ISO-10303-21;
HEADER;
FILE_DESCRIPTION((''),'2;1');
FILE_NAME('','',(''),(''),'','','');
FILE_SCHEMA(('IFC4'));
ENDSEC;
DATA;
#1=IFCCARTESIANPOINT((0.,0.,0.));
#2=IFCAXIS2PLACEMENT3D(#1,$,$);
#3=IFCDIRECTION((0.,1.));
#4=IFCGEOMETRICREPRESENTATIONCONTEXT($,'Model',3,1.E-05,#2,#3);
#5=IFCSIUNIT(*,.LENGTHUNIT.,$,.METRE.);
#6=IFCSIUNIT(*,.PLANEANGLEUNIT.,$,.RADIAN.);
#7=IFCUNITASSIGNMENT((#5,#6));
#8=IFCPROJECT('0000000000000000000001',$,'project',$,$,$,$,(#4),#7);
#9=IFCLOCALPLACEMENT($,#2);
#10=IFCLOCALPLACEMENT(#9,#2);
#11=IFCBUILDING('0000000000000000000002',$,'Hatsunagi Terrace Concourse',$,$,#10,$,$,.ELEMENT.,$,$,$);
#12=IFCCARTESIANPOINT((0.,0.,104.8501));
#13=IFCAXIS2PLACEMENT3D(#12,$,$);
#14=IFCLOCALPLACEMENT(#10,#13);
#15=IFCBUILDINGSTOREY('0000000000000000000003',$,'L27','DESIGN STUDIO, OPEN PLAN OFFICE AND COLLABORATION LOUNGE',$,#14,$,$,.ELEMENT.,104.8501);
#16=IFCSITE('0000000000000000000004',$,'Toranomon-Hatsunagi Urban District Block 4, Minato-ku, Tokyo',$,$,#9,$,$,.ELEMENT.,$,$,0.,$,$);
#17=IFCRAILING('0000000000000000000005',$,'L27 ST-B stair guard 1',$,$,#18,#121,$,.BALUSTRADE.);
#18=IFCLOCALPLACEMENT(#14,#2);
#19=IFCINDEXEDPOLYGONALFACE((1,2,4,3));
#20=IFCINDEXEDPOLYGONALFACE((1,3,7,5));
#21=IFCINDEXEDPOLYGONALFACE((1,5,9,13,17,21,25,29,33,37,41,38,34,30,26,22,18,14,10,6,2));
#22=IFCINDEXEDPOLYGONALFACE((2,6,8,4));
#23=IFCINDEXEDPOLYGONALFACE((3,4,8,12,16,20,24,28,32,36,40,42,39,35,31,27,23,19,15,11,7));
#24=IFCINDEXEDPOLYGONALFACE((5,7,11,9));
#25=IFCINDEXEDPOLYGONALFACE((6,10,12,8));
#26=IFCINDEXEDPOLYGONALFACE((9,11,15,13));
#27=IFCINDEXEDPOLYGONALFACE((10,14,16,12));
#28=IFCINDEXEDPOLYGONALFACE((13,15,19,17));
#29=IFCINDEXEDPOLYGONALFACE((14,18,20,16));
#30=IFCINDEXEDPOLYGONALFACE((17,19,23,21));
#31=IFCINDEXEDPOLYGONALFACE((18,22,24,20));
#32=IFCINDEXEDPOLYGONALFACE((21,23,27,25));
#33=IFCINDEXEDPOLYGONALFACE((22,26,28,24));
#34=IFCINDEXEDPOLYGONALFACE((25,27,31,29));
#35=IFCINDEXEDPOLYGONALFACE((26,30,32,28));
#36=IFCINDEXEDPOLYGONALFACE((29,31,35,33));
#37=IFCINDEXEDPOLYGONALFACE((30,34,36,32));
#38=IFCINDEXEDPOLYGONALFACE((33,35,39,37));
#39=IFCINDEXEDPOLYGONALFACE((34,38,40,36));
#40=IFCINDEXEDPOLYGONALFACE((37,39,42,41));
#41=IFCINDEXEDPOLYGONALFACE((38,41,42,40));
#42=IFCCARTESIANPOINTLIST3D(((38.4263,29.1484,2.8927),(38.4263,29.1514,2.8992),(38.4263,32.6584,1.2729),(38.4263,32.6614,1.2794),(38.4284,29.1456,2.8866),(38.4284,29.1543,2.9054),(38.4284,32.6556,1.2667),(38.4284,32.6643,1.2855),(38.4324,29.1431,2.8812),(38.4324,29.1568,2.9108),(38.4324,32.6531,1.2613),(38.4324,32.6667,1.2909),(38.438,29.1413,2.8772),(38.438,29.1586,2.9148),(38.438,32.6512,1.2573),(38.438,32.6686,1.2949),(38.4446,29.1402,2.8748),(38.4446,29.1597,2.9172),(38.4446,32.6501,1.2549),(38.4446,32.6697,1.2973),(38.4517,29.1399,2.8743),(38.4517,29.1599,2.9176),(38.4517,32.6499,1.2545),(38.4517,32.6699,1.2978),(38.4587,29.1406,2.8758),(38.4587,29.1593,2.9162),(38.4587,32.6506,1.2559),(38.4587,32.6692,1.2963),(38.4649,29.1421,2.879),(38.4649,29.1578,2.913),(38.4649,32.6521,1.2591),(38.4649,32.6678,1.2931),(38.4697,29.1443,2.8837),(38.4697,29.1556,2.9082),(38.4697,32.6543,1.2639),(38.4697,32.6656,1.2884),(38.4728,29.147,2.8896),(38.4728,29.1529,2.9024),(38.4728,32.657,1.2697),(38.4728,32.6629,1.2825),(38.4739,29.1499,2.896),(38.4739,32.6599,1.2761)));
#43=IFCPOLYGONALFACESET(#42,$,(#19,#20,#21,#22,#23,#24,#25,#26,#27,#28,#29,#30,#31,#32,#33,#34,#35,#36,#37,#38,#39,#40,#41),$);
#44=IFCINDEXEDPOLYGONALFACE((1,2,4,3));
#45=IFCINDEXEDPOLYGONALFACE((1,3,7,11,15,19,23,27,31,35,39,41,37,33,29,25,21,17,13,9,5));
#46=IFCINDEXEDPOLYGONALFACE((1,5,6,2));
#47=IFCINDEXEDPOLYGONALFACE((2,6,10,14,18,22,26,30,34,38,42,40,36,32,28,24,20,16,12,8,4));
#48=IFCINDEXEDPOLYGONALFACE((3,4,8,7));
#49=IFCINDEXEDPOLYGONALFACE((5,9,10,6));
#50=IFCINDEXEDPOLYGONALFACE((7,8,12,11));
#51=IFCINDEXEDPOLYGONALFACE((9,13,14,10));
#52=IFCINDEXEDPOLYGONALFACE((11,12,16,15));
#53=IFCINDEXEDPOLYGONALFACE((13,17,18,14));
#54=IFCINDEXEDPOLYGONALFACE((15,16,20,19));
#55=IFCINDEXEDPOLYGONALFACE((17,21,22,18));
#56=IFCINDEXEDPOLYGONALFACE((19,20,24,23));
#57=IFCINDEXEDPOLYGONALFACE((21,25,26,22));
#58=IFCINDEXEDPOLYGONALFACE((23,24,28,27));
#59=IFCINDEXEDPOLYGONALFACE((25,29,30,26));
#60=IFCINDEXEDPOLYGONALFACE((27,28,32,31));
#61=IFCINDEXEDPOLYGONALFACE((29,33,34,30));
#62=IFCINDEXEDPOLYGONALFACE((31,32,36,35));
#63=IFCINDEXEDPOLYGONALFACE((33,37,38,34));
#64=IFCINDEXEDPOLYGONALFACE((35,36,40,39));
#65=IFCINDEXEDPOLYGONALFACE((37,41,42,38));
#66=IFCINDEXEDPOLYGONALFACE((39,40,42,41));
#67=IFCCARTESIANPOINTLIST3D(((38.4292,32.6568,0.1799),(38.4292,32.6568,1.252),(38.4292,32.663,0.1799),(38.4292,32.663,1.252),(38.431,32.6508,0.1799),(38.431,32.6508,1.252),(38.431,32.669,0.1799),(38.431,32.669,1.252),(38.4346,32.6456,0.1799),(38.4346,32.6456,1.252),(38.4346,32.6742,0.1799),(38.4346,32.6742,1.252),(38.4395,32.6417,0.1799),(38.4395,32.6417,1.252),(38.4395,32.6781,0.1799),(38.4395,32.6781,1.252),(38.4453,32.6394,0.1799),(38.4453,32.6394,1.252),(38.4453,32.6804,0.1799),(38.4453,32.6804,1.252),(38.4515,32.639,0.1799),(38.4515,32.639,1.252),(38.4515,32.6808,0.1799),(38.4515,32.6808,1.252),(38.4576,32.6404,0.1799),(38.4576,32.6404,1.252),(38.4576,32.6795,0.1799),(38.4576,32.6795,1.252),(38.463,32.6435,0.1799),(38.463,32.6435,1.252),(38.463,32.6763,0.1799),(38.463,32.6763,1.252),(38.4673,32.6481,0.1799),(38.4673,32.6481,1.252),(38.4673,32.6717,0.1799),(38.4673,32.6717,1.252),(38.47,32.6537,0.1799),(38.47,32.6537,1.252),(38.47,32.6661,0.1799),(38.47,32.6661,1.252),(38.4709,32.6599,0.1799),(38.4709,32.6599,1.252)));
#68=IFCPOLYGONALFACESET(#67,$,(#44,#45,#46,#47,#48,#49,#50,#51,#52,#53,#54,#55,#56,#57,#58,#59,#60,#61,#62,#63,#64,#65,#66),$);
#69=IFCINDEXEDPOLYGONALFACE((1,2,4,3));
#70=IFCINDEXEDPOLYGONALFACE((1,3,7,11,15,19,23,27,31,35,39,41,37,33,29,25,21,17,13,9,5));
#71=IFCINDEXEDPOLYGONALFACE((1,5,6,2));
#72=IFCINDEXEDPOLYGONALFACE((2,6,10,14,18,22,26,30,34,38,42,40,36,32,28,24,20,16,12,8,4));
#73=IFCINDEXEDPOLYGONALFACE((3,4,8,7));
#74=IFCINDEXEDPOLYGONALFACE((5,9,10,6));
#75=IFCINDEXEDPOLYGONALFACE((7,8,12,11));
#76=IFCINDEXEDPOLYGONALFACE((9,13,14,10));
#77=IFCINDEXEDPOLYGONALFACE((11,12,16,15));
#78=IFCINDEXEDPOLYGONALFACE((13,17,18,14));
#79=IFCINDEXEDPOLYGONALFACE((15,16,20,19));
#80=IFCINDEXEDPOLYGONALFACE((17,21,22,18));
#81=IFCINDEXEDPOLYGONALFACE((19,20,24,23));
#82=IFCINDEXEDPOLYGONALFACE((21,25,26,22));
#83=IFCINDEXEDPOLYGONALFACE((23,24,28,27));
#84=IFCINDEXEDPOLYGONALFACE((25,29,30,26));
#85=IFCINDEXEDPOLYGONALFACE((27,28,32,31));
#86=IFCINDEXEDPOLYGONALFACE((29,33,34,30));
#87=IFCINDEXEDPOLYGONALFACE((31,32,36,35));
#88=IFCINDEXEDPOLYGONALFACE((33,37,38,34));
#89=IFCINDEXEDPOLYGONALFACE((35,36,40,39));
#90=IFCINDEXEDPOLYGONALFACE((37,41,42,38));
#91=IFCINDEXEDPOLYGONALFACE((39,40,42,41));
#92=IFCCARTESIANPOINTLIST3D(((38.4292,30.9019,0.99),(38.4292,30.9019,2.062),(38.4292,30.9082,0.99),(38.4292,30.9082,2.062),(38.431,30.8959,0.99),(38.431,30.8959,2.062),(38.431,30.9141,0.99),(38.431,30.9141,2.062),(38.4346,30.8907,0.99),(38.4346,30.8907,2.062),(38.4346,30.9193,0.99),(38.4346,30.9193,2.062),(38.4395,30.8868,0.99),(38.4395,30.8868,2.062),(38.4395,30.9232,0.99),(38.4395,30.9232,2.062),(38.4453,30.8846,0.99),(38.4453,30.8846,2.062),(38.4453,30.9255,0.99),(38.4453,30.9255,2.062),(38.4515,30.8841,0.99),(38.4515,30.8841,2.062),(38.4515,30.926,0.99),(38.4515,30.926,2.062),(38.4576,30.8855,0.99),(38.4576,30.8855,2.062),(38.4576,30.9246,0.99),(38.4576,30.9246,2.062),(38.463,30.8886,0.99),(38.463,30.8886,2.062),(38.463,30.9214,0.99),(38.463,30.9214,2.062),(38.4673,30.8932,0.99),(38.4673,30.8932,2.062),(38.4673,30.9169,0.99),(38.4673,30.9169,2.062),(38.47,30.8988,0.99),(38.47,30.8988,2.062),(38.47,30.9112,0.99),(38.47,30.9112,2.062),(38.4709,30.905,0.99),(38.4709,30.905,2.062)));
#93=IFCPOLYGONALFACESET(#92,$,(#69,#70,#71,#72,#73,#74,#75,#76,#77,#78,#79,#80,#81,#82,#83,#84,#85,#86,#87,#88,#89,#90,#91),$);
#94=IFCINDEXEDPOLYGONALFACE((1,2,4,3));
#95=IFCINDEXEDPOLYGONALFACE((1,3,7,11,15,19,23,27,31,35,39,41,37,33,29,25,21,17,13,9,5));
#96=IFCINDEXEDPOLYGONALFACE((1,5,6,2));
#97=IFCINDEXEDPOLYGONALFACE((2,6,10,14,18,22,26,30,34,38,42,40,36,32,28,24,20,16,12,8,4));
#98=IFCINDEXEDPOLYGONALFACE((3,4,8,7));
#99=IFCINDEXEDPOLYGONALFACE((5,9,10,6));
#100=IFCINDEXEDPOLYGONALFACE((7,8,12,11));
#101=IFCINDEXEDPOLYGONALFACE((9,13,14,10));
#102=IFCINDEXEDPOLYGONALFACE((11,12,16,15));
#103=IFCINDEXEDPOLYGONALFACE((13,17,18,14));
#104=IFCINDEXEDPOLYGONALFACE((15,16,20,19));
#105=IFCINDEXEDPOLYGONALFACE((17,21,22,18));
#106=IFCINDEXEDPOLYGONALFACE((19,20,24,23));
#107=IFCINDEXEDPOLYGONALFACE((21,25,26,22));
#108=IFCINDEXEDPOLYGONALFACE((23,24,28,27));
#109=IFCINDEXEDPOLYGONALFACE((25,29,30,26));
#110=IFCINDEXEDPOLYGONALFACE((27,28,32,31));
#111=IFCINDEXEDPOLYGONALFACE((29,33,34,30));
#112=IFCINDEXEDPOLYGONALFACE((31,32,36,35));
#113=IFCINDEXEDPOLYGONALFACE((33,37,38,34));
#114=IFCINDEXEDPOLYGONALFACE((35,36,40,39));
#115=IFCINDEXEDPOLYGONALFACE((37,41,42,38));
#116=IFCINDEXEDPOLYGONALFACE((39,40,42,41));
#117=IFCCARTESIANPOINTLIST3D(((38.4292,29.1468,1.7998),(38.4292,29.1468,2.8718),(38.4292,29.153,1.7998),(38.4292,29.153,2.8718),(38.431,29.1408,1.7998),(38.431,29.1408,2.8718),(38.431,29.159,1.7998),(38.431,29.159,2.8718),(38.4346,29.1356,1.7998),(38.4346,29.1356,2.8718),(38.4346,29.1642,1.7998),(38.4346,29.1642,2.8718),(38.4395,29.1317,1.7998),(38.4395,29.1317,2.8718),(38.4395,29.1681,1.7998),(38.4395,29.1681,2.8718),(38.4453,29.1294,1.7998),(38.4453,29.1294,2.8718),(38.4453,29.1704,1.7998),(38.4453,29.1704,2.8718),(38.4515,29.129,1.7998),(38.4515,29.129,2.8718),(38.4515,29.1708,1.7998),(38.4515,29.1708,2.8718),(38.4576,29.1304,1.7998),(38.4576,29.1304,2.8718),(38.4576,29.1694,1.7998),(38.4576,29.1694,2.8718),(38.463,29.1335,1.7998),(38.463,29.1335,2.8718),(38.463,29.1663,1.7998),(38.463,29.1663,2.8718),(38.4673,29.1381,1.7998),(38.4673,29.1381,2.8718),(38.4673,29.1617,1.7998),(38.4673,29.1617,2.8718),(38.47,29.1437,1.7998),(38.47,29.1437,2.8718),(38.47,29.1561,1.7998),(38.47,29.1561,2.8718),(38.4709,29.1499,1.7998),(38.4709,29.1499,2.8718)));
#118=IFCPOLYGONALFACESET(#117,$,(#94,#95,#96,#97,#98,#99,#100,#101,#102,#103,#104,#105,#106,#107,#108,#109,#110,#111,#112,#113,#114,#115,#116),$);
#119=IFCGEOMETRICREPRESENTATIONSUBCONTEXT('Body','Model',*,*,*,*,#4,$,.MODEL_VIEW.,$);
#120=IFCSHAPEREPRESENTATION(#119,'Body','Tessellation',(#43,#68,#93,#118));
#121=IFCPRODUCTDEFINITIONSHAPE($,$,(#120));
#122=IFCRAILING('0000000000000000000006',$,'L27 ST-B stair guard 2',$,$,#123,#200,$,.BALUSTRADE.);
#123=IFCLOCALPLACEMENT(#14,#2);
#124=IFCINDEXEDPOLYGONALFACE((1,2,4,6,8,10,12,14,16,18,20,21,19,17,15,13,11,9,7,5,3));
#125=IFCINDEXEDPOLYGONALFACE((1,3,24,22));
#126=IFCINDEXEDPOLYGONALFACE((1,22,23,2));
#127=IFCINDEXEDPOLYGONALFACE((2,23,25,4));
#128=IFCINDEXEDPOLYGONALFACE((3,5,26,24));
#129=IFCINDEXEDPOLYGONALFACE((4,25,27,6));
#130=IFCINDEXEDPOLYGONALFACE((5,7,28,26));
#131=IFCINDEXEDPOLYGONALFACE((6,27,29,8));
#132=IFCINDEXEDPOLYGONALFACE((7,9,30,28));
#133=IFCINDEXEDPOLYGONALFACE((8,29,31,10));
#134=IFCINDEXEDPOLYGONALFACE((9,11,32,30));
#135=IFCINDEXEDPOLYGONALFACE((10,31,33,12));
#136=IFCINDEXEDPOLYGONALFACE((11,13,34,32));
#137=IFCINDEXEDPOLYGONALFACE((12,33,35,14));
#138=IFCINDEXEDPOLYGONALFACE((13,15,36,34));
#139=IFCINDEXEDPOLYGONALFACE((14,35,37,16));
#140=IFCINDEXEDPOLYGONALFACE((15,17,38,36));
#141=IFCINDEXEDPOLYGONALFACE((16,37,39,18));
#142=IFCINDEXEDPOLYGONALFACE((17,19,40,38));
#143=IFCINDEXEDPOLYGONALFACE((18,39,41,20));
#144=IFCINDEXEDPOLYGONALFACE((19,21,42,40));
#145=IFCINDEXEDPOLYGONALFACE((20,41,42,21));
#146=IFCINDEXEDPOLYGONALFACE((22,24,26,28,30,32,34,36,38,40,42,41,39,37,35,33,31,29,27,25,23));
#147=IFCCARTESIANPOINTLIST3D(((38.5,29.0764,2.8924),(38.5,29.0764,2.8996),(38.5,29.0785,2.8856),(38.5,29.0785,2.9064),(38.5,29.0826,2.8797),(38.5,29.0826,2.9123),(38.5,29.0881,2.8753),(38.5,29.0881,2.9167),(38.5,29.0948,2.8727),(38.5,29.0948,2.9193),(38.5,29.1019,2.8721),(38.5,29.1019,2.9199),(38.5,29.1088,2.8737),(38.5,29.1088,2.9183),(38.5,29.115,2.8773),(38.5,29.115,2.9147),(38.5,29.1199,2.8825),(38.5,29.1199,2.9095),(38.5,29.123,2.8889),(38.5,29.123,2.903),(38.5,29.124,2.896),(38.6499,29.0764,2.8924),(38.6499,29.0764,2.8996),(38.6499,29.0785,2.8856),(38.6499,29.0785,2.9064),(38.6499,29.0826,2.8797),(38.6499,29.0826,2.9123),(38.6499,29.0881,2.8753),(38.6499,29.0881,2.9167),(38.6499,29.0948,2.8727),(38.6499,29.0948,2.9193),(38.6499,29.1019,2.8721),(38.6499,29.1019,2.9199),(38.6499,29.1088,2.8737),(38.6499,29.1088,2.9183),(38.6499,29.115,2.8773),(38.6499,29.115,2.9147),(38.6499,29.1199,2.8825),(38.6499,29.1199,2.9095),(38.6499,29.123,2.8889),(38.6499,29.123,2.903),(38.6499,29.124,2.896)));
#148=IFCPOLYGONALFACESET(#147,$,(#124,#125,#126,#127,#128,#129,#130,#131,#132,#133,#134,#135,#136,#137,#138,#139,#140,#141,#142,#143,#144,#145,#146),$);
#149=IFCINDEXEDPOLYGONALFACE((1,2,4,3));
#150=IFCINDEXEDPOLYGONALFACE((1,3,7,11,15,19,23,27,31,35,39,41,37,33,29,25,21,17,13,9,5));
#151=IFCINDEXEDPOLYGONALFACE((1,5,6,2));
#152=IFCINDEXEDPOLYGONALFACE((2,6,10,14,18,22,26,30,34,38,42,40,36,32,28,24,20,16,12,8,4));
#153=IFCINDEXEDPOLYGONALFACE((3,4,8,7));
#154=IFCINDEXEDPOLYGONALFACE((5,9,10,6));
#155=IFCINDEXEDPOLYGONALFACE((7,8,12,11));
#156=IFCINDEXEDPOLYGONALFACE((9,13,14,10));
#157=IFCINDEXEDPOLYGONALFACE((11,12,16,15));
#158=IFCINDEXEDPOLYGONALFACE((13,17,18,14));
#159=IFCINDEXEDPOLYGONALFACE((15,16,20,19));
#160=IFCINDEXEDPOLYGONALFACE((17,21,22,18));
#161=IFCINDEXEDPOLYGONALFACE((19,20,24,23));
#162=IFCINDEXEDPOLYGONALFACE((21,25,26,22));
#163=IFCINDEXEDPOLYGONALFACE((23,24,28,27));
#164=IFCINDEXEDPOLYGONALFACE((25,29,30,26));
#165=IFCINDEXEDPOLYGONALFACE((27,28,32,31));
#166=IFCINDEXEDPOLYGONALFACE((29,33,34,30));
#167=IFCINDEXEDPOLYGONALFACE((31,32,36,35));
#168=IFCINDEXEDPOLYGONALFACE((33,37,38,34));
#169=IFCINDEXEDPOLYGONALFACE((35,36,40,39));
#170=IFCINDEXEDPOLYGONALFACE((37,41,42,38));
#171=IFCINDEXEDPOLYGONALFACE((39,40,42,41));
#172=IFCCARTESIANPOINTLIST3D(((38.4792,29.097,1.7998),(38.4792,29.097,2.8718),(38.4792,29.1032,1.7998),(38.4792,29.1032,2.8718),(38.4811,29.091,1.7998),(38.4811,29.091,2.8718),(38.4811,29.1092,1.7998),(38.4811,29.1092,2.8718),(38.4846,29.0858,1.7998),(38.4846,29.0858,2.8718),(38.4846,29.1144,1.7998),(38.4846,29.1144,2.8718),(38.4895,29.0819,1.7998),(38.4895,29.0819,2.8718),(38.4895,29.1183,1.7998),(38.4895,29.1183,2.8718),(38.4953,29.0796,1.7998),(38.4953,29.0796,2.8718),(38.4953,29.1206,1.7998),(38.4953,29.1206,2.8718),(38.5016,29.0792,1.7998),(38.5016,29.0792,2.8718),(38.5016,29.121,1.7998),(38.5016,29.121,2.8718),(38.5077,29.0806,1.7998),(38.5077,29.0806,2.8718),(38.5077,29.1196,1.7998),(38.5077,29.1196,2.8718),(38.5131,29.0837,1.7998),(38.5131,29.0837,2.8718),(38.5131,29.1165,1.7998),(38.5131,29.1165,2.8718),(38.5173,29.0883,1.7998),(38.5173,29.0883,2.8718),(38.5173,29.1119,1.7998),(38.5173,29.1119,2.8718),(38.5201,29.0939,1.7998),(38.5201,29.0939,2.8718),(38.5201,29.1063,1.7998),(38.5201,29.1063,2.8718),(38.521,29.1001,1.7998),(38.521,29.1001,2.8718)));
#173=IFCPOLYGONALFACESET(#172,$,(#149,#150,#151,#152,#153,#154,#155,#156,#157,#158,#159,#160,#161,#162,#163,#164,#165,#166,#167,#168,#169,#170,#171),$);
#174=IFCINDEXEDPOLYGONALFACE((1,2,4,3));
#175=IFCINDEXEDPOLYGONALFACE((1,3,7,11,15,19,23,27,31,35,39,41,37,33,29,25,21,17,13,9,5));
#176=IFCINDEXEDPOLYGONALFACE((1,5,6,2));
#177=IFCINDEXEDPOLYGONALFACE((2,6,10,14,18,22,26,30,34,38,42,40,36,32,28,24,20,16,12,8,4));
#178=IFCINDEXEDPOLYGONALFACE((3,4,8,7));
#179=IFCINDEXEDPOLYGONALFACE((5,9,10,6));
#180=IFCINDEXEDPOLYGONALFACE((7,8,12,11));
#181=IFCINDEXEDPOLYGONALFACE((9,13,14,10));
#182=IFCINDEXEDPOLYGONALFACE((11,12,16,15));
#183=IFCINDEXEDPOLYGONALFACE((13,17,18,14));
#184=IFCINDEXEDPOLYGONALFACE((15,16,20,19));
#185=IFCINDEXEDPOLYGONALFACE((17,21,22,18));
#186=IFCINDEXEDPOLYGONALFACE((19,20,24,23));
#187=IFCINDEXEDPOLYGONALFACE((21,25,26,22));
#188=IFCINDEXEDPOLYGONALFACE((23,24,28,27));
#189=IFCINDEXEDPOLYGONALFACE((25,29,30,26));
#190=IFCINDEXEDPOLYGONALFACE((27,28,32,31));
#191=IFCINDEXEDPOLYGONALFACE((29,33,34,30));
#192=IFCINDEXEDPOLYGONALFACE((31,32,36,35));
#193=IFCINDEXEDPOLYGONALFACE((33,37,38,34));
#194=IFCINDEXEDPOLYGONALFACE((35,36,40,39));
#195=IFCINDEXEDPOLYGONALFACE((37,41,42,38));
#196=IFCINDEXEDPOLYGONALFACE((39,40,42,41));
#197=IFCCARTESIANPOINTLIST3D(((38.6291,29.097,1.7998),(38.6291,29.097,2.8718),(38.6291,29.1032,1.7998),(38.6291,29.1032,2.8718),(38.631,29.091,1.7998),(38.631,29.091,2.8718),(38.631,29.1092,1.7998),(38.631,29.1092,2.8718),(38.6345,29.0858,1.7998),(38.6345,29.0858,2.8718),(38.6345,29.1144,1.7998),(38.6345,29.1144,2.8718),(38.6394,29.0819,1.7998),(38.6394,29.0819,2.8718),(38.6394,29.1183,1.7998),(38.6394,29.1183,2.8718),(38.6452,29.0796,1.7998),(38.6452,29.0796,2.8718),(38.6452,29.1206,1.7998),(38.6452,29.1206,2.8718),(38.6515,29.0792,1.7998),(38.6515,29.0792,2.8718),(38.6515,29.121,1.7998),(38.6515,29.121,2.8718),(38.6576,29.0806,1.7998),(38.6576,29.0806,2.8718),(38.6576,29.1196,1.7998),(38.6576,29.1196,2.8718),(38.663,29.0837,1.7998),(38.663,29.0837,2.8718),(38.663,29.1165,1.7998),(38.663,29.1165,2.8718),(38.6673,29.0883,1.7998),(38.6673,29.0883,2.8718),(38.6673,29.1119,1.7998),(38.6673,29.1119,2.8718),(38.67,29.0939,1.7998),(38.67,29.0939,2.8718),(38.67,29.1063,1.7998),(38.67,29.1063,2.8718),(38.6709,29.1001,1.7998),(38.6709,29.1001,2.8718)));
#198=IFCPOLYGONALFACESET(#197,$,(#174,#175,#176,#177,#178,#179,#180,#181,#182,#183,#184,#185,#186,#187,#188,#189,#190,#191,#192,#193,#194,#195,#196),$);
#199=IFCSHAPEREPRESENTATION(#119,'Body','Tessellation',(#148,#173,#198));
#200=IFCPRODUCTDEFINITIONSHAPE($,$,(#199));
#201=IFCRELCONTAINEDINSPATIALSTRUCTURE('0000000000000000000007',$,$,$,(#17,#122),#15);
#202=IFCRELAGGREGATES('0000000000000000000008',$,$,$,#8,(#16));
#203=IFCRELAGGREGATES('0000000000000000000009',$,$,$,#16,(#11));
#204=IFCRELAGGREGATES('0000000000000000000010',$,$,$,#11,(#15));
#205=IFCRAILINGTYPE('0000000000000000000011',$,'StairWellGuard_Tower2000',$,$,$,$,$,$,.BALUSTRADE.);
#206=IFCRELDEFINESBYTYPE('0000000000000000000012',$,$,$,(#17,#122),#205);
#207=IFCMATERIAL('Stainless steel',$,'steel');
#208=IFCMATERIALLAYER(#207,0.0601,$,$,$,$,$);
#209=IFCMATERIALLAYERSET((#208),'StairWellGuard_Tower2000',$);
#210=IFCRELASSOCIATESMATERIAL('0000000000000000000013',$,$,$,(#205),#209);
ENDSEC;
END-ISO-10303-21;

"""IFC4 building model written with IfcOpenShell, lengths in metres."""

from ifc_helpers import new_model, si_unit, direction, frame, origin, origin_2d, place, context, subcontext, project, spatial, circle, extrude, material, layer, layer_set, type_object, element, save


model = new_model("IFC4")

# Units and contexts
model_context = context("Model", 3, precision=1e-05, world=origin(), true_north=direction((0.0, 1.0)))
body_context = subcontext(model_context, "Body", "Model", "MODEL_VIEW")
ifc_project = project(units=[si_unit("LENGTHUNIT", "METRE"), si_unit("PLANEANGLEUNIT", "RADIAN")], contexts=[model_context])

# Site, building, storey
site_placement = place(None, origin())
site = spatial("IfcSite", under=ifc_project, at=site_placement, Name="Toranomon-Hatsunagi Urban District Block 4, Minato-ku, Tokyo", CompositionType="ELEMENT", RefElevation=0.0)
building_placement = place(site_placement, origin())
building = spatial("IfcBuilding", under=site, at=building_placement, Name="Hatsunagi Terrace Concourse", CompositionType="ELEMENT")
storey_placement = place(building_placement, frame((0.0, 0.0, 104.8501)))
storey = spatial("IfcBuildingStorey", under=building, at=storey_placement, Name="L27", Description="DESIGN STUDIO, OPEN PLAN OFFICE AND COLLABORATION LOUNGE", CompositionType="ELEMENT", Elevation=104.8501)

# Railings
ifc_material_1 = material(Name="Stainless steel", Category="steel")
ifc_layer_1 = layer(ifc_material_1, 0.0601)
ifc_layer_set_1 = layer_set([ifc_layer_1], Name="StairWellGuard_Tower2000")
railing_type_1 = type_object("IfcRailingType", Name="StairWellGuard_Tower2000", PredefinedType="BALUSTRADE", material=ifc_layer_set_1)
railing_1_placement = place(storey_placement, frame((38.45, 32.6599, 0.1799)))
element("IfcRailing", 1, at=railing_1_placement, inside=storey, type_object=railing_type_1, Name="L27 ST-B stair guard 1", PredefinedType="BALUSTRADE", context=body_context, shape_type="SweptSolid", body=[
    extrude(circle(Radius=0.0239, at=origin_2d()), frame((0.0, 0.0, 1.0962), z_axis=(0.0, -0.907972, 0.41903), x_axis=(1.0, 0.0, 0.0)), (0.0, 0.0, 1.0), 3.8657),
    extrude(circle(Radius=0.021, at=origin_2d()), origin(), (0.0, 0.0, 1.0), 1.072),
    extrude(circle(Radius=0.021, at=origin_2d()), frame((0.0, -1.7549, 0.8101)), (0.0, 0.0, 1.0), 1.072),
    extrude(circle(Radius=0.021, at=origin_2d()), frame((0.0, -3.51, 1.6199)), (0.0, 0.0, 1.0), 1.072),
])
railing_2_placement = place(storey_placement, frame((38.5, 29.1001, 1.7998)))
element("IfcRailing", 2, at=railing_2_placement, inside=storey, type_object=railing_type_1, Name="L27 ST-B stair guard 2", PredefinedType="BALUSTRADE", context=body_context, shape_type="SweptSolid", body=[
    extrude(circle(Radius=0.0239, at=origin_2d()), frame((0.0, 0.0, 1.0962), z_axis=(1.0, 0.0, 0.0), x_axis=(0.0, 1.0, 0.0)), (0.0, 0.0, 1.0), 0.1499),
    extrude(circle(Radius=0.021, at=origin_2d()), origin(), (0.0, 0.0, 1.0), 1.072),
    extrude(circle(Radius=0.021, at=origin_2d()), frame((0.1499, 0.0, 0.0)), (0.0, 0.0, 1.0), 1.072),
])

save(model, "model.ifc")
